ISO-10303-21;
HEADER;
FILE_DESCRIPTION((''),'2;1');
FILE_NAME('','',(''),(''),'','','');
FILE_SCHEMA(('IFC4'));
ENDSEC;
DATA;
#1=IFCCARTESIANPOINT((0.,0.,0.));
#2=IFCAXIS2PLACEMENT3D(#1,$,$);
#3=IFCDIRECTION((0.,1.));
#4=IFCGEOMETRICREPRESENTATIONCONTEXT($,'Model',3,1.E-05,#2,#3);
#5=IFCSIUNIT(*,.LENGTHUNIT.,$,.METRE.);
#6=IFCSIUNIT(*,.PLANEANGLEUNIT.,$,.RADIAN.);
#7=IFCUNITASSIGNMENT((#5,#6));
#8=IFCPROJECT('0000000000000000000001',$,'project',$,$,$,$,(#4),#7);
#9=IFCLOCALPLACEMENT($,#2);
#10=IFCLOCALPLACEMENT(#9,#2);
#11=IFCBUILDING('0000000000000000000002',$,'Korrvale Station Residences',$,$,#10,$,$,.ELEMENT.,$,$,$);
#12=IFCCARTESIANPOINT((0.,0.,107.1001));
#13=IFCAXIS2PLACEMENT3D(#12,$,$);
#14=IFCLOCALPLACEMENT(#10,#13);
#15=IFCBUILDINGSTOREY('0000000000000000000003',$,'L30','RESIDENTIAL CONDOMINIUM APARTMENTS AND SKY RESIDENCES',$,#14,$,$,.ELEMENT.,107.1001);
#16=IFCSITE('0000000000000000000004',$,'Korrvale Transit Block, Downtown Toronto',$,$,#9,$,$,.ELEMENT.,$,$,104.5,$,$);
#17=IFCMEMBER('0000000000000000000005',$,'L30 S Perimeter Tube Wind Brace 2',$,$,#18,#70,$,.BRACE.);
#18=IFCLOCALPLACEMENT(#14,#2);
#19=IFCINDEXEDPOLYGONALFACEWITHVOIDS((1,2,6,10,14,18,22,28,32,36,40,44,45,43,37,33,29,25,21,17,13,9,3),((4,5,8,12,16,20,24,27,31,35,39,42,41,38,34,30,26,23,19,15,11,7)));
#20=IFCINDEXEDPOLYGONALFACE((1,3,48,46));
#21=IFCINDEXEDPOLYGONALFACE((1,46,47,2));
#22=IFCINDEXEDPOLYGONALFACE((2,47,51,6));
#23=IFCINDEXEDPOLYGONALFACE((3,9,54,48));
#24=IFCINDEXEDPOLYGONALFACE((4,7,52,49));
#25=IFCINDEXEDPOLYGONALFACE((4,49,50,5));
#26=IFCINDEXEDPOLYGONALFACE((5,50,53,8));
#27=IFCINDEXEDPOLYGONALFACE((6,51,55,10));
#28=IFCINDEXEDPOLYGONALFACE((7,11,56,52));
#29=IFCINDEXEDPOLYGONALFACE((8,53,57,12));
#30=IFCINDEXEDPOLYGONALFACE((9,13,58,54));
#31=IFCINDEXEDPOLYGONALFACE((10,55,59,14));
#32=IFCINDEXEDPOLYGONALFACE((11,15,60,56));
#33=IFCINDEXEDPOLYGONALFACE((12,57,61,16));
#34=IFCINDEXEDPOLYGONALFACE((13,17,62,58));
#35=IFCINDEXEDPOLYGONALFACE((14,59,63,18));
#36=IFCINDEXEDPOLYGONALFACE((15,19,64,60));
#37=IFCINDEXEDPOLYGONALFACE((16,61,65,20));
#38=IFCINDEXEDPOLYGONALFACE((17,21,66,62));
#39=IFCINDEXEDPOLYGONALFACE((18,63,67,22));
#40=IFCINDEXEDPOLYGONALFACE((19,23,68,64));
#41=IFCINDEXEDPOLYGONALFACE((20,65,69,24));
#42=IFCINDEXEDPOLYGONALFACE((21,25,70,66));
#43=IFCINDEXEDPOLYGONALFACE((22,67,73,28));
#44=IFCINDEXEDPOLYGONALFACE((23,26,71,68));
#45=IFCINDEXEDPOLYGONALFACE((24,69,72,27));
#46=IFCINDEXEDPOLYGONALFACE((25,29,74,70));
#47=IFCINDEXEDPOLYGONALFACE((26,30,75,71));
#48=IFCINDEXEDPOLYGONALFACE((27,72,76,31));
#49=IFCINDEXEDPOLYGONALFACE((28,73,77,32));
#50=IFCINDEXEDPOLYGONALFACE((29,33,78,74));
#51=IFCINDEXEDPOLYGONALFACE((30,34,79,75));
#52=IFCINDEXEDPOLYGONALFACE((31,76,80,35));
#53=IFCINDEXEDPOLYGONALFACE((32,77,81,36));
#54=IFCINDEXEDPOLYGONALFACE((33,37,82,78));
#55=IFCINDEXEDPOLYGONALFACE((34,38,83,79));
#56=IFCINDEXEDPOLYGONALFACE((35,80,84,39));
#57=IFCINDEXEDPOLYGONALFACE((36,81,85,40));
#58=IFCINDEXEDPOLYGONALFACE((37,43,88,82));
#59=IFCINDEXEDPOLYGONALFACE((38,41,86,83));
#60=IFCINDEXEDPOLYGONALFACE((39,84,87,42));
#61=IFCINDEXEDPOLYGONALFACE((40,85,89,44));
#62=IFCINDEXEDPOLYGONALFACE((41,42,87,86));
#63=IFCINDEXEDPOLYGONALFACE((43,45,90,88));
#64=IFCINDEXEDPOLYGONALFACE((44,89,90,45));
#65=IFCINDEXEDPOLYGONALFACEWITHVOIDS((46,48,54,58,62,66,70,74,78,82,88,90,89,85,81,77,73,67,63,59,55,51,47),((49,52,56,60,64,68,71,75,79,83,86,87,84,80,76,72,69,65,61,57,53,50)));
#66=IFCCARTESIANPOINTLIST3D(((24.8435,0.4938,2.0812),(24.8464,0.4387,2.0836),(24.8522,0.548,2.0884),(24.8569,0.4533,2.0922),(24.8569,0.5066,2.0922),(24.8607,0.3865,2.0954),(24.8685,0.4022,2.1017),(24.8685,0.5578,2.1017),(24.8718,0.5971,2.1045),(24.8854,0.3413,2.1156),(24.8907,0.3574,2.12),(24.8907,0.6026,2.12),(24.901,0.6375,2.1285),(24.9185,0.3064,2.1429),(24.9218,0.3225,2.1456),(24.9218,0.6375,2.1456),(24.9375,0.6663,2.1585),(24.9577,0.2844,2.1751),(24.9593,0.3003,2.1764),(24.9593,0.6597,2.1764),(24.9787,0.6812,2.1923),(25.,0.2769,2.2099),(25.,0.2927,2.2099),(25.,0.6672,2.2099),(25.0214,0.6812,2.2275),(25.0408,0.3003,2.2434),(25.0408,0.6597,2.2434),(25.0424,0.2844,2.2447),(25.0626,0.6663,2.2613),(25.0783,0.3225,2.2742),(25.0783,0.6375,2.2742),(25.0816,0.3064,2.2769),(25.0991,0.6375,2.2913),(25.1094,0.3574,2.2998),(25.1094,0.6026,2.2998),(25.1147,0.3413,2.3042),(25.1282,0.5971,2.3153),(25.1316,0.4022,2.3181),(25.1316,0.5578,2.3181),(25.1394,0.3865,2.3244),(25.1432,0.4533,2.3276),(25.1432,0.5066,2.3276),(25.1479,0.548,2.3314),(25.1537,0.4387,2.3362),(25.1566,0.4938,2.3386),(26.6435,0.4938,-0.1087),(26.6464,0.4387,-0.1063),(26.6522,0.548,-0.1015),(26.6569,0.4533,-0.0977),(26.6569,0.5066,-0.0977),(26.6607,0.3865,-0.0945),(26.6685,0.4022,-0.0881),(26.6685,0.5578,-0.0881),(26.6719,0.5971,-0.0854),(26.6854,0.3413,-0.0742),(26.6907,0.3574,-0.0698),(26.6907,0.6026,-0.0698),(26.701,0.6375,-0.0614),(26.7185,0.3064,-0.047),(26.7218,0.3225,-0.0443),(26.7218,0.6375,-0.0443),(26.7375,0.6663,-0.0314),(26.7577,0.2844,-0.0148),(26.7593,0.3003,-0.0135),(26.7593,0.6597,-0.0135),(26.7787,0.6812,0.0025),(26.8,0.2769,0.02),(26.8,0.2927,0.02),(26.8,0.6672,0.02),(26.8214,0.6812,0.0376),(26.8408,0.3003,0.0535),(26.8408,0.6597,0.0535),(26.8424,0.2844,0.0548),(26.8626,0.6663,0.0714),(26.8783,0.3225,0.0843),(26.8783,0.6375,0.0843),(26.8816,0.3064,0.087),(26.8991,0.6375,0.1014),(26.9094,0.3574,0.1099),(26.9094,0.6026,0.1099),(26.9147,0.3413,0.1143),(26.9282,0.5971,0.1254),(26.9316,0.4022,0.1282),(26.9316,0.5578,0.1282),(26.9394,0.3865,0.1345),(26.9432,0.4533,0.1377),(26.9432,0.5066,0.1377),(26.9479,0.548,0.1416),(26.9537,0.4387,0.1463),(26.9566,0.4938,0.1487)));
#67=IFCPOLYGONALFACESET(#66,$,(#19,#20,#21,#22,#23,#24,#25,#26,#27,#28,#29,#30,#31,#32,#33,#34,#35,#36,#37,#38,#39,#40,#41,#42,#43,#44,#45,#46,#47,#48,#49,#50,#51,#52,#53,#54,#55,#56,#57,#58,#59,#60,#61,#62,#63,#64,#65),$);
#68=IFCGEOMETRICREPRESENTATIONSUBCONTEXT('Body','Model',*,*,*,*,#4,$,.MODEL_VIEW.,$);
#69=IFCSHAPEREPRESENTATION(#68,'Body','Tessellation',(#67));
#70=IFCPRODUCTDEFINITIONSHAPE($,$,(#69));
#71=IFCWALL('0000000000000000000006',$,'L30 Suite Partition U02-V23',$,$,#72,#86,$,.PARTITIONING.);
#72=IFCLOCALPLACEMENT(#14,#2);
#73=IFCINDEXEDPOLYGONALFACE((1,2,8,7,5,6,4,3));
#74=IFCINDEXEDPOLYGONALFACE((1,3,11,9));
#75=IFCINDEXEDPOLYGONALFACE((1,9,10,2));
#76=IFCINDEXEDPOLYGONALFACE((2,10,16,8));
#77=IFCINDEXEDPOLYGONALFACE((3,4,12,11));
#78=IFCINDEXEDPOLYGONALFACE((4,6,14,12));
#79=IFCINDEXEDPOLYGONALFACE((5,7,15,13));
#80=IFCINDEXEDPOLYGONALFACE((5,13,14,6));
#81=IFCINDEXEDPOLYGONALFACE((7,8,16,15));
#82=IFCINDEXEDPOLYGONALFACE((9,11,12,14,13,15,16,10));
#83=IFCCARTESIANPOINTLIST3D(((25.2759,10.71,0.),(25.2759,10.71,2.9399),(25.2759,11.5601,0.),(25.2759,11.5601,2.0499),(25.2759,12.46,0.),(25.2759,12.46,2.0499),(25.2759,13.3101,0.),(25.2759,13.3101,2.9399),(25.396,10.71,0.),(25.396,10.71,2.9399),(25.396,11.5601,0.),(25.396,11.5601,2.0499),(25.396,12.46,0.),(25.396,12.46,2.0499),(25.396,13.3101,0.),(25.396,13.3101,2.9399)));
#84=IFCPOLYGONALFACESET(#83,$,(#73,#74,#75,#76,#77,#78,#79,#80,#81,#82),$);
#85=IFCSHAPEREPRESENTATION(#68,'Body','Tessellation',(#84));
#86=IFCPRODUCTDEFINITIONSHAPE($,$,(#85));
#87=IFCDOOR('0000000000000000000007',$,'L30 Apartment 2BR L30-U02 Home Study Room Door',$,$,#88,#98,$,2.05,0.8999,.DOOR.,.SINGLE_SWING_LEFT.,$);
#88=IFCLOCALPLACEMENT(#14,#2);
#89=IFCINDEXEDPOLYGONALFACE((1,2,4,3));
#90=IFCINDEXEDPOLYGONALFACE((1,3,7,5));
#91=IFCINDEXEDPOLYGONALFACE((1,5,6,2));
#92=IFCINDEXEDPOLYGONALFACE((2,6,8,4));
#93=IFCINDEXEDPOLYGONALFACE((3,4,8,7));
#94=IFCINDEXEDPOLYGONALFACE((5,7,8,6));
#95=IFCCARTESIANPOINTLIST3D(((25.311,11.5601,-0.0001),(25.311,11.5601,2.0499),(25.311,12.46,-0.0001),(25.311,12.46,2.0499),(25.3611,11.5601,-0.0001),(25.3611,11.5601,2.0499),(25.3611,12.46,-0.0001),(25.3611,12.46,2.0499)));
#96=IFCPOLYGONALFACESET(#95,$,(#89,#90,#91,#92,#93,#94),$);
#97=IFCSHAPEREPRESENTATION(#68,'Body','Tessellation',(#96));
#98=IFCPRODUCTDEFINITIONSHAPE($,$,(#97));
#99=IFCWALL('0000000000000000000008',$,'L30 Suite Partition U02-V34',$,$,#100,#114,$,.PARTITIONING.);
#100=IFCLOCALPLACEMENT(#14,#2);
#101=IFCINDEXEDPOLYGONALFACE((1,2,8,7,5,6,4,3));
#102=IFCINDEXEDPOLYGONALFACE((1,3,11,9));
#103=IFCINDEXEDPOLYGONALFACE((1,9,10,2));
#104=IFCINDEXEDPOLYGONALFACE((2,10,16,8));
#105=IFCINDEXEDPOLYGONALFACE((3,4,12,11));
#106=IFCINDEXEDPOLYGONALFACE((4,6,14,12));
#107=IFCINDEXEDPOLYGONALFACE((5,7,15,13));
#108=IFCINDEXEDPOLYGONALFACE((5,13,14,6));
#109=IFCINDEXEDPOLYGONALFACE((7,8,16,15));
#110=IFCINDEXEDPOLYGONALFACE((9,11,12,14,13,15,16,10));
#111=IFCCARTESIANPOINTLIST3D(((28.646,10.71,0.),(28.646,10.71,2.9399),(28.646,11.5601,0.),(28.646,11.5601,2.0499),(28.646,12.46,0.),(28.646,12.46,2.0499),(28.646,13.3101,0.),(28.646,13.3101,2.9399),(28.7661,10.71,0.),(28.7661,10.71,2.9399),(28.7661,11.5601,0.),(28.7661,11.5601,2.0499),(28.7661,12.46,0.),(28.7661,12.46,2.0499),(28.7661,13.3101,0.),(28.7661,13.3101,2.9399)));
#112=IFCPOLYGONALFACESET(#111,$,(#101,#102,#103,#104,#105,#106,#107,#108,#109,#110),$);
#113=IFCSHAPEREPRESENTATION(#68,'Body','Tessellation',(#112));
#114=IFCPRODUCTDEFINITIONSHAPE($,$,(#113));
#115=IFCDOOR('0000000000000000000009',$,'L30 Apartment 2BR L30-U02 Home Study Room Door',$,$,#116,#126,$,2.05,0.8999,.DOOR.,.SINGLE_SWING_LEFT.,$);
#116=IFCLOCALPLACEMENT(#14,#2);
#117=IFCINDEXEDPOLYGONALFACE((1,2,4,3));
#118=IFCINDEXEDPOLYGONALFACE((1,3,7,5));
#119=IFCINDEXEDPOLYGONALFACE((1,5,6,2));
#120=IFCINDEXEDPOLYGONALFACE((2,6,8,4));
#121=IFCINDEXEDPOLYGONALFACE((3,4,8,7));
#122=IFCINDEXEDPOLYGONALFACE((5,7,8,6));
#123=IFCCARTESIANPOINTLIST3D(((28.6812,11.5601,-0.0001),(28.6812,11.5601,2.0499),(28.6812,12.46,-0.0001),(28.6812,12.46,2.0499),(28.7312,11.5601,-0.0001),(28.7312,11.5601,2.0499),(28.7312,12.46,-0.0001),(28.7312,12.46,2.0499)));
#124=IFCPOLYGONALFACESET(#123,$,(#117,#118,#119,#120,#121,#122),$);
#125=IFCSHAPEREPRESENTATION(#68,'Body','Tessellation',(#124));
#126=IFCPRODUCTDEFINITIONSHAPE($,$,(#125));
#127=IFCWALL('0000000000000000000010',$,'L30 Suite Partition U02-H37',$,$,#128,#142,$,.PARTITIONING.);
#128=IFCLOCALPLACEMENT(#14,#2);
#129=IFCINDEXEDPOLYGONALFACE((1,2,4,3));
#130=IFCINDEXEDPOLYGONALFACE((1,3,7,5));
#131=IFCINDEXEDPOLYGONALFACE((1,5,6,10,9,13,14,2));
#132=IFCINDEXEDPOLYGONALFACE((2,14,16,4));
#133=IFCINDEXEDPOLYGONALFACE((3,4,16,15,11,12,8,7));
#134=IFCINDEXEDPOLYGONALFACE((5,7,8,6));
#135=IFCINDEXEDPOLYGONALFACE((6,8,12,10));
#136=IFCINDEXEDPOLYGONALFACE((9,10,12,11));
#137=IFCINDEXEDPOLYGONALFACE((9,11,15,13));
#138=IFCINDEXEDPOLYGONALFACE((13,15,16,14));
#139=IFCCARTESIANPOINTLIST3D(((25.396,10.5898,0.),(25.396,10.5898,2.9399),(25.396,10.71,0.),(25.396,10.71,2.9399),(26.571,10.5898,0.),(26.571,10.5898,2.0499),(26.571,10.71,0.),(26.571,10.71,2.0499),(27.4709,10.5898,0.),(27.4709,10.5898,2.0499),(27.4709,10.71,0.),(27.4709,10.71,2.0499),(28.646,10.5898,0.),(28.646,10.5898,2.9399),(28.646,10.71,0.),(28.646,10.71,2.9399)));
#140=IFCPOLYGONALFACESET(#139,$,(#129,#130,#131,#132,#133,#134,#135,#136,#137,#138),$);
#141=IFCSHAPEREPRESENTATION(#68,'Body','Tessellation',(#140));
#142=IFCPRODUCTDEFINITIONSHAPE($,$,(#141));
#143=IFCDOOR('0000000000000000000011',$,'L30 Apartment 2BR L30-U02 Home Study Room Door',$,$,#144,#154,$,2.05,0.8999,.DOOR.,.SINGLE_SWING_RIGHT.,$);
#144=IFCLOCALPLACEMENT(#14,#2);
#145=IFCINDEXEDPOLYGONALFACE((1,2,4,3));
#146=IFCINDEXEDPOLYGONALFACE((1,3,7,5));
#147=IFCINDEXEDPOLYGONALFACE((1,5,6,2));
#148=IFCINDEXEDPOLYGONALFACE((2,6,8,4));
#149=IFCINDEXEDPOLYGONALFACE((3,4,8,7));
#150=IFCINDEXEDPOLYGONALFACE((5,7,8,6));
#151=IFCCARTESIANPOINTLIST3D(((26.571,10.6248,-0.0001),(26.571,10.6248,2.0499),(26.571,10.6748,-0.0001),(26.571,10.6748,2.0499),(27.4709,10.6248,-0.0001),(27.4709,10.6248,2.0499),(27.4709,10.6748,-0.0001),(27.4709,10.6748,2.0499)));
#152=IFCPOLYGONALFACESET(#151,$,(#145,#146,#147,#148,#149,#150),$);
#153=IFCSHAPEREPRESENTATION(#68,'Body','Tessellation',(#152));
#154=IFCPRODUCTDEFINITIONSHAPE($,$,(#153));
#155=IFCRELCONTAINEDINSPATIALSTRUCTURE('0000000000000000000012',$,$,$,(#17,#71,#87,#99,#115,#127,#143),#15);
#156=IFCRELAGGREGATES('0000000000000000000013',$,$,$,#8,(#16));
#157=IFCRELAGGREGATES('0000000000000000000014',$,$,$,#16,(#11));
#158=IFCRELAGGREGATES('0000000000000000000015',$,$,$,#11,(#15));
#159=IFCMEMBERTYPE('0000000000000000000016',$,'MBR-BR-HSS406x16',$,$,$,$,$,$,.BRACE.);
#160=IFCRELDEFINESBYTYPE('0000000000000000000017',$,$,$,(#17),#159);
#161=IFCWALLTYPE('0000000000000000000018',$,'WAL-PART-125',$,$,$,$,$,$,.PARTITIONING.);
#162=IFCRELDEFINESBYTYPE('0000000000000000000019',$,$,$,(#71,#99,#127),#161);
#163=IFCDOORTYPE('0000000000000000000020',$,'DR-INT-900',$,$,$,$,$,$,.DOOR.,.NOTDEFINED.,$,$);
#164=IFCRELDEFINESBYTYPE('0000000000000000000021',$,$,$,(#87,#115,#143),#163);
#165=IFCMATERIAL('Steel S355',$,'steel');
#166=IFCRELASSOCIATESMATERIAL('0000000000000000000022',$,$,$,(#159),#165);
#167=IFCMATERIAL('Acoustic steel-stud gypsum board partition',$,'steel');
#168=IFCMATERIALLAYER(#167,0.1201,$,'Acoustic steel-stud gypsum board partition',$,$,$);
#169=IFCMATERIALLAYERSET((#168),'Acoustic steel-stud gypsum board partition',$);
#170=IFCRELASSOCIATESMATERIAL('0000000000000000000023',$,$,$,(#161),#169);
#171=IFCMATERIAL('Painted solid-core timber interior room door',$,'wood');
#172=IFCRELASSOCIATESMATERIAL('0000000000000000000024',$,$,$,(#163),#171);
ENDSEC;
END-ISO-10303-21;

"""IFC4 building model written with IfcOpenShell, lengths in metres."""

from ifc_helpers import new_model, si_unit, direction, frame, frame_2d, origin, origin_2d, place, context, subcontext, project, spatial, rectangle, hollow_circle, extrude, material, layer, layer_set, material_profile, profile_set, type_object, element, fill, save


model = new_model("IFC4")

# Units and contexts
model_context = context("Model", 3, precision=1e-05, world=origin(), true_north=direction((0.0, 1.0)))
body_context = subcontext(model_context, "Body", "Model", "MODEL_VIEW")
ifc_project = project(units=[si_unit("LENGTHUNIT", "METRE"), si_unit("PLANEANGLEUNIT", "RADIAN")], contexts=[model_context])

# Site, building, storey
site_placement = place(None, origin())
site = spatial("IfcSite", under=ifc_project, at=site_placement, Name="Korrvale Transit Block, Downtown Toronto", CompositionType="ELEMENT", RefElevation=104.5)
building_placement = place(site_placement, origin())
building = spatial("IfcBuilding", under=site, at=building_placement, Name="Korrvale Station Residences", CompositionType="ELEMENT")
storey_placement = place(building_placement, frame((0.0, 0.0, 107.1001)))
storey = spatial("IfcBuildingStorey", under=building, at=storey_placement, Name="L30", Description="RESIDENTIAL CONDOMINIUM APARTMENTS AND SKY RESIDENCES", CompositionType="ELEMENT", Elevation=107.1001)

# Shared definitions
ifc_material_1 = material(Name="Steel S355", Category="steel")

# Member
ifc_material_profile_1 = material_profile(ifc_material_1, hollow_circle(Radius=0.2031, WallThickness=0.0159, at=origin_2d()), Name="HSS406x16")
ifc_profile_set_1 = profile_set([ifc_material_profile_1], Name="Steel S355")
member_type = type_object("IfcMemberType", Name="MBR-BR-HSS406x16", PredefinedType="BRACE", material=ifc_profile_set_1)
member_placement = place(storey_placement, frame((26.8, 0.48, 0.02), z_axis=(-0.634985, 0.0, 0.772524), x_axis=(0.0, -1.0, 0.0)))
element("IfcMember", 1, at=member_placement, inside=storey, type_object=member_type, Name="L30 S Perimeter Tube Wind Brace 2", PredefinedType="BRACE", context=body_context, shape_type="SweptSolid", body=[
    extrude(hollow_circle(Radius=0.2031, WallThickness=0.0159, at=origin_2d()), origin(), (0.0, 0.0, 1.0), 2.8347),
])

# Walls, openings, doors
ifc_material_2 = material(Name="Acoustic steel-stud gypsum board partition", Category="steel")
ifc_layer_1 = layer(ifc_material_2, 0.1201, Name="Acoustic steel-stud gypsum board partition")
ifc_layer_set_1 = layer_set([ifc_layer_1], Name="Acoustic steel-stud gypsum board partition")
wall_type_1 = type_object("IfcWallType", Name="WAL-PART-125", PredefinedType="PARTITIONING", material=ifc_layer_set_1)
wall_1_placement = place(storey_placement, frame((25.3359, 10.71, 0.0), z_axis=(0.0, 0.0, 1.0), x_axis=(0.0, 1.0, 0.0)))
wall_1 = element("IfcWall", 2, at=wall_1_placement, inside=storey, type_object=wall_type_1, Name="L30 Suite Partition U02-V23", PredefinedType="PARTITIONING", context=body_context, shape_type="SweptSolid", body=[
    extrude(rectangle(XDim=2.6001, YDim=0.1201, at=frame_2d((1.3, 0.0))), origin(), (0.0, 0.0, 1.0), 2.9399),
])
opening_1_placement = place(wall_1_placement, frame((0.8501, 0.0, 0.0)))
opening_1 = element("IfcOpeningElement", 3, at=opening_1_placement, cuts=wall_1, PredefinedType="OPENING", context=body_context, shape_type="SweptSolid", body=[
    extrude(rectangle(XDim=0.8999, YDim=2.05, at=frame_2d((0.45, 1.0249))), frame((0.0, 0.0701, 0.0), z_axis=(0.0, -1.0, 0.0), x_axis=(1.0, 0.0, 0.0)), (0.0, 0.0, 1.0), 0.1401),
])
ifc_material_3 = material(Name="Painted solid-core timber interior room door", Category="wood")
door_type_1 = type_object("IfcDoorType", Name="DR-INT-900", OperationType="NOTDEFINED", PredefinedType="DOOR", material=ifc_material_3)
door_1_placement = place(opening_1_placement, origin())
door_1 = element("IfcDoor", 4, at=door_1_placement, inside=storey, type_object=door_type_1, Name="L30 Apartment 2BR L30-U02 Home Study Room Door", OperationType="SINGLE_SWING_LEFT", OverallHeight=2.05, OverallWidth=0.8999, PredefinedType="DOOR", context=body_context, shape_type="SweptSolid", body=[
    extrude(rectangle(XDim=0.8999, YDim=2.05, at=frame_2d((0.45, 1.0249))), frame((0.0, 0.0249, 0.0), z_axis=(0.0, -1.0, 0.0), x_axis=(1.0, 0.0, 0.0)), (0.0, 0.0, 1.0), 0.05),
])
fill(opening_1, door_1)
wall_2_placement = place(storey_placement, frame((28.7061, 10.71, 0.0), z_axis=(0.0, 0.0, 1.0), x_axis=(0.0, 1.0, 0.0)))
wall_2 = element("IfcWall", 5, at=wall_2_placement, inside=storey, type_object=wall_type_1, Name="L30 Suite Partition U02-V34", PredefinedType="PARTITIONING", context=body_context, shape_type="SweptSolid", body=[
    extrude(rectangle(XDim=2.6001, YDim=0.1201, at=frame_2d((1.3, 0.0))), origin(), (0.0, 0.0, 1.0), 2.9399),
])
opening_2_placement = place(wall_2_placement, frame((0.8501, 0.0, 0.0)))
opening_2 = element("IfcOpeningElement", 6, at=opening_2_placement, cuts=wall_2, PredefinedType="OPENING", context=body_context, shape_type="SweptSolid", body=[
    extrude(rectangle(XDim=0.8999, YDim=2.05, at=frame_2d((0.45, 1.0249))), frame((0.0, 0.0701, 0.0), z_axis=(0.0, -1.0, 0.0), x_axis=(1.0, 0.0, 0.0)), (0.0, 0.0, 1.0), 0.1401),
])
door_2_placement = place(opening_2_placement, origin())
door_2 = element("IfcDoor", 7, at=door_2_placement, inside=storey, type_object=door_type_1, Name="L30 Apartment 2BR L30-U02 Home Study Room Door", OperationType="SINGLE_SWING_LEFT", OverallHeight=2.05, OverallWidth=0.8999, PredefinedType="DOOR", context=body_context, shape_type="SweptSolid", body=[
    extrude(rectangle(XDim=0.8999, YDim=2.05, at=frame_2d((0.45, 1.0249))), frame((0.0, 0.0249, 0.0), z_axis=(0.0, -1.0, 0.0), x_axis=(1.0, 0.0, 0.0)), (0.0, 0.0, 1.0), 0.05),
])
fill(opening_2, door_2)
wall_3_placement = place(storey_placement, frame((25.396, 10.6499, 0.0), z_axis=(0.0, 0.0, 1.0), x_axis=(1.0, 0.0, 0.0)))
wall_3 = element("IfcWall", 8, at=wall_3_placement, inside=storey, type_object=wall_type_1, Name="L30 Suite Partition U02-H37", PredefinedType="PARTITIONING", context=body_context, shape_type="SweptSolid", body=[
    extrude(rectangle(XDim=3.25, YDim=0.1201, at=frame_2d((1.625, 0.0))), origin(), (0.0, 0.0, 1.0), 2.9399),
])
opening_3_placement = place(wall_3_placement, frame((1.175, 0.0, 0.0)))
opening_3 = element("IfcOpeningElement", 9, at=opening_3_placement, cuts=wall_3, PredefinedType="OPENING", context=body_context, shape_type="SweptSolid", body=[
    extrude(rectangle(XDim=0.8999, YDim=2.05, at=frame_2d((0.45, 1.0249))), frame((0.0, 0.0701, 0.0), z_axis=(0.0, -1.0, 0.0), x_axis=(1.0, 0.0, 0.0)), (0.0, 0.0, 1.0), 0.1401),
])
door_3_placement = place(opening_3_placement, origin())
door_3 = element("IfcDoor", 10, at=door_3_placement, inside=storey, type_object=door_type_1, Name="L30 Apartment 2BR L30-U02 Home Study Room Door", OperationType="SINGLE_SWING_RIGHT", OverallHeight=2.05, OverallWidth=0.8999, PredefinedType="DOOR", context=body_context, shape_type="SweptSolid", body=[
    extrude(rectangle(XDim=0.8999, YDim=2.05, at=frame_2d((0.45, 1.0249))), frame((0.0, 0.0249, 0.0), z_axis=(0.0, -1.0, 0.0), x_axis=(1.0, 0.0, 0.0)), (0.0, 0.0, 1.0), 0.05),
])
fill(opening_3, door_3)

save(model, "model.ifc")
